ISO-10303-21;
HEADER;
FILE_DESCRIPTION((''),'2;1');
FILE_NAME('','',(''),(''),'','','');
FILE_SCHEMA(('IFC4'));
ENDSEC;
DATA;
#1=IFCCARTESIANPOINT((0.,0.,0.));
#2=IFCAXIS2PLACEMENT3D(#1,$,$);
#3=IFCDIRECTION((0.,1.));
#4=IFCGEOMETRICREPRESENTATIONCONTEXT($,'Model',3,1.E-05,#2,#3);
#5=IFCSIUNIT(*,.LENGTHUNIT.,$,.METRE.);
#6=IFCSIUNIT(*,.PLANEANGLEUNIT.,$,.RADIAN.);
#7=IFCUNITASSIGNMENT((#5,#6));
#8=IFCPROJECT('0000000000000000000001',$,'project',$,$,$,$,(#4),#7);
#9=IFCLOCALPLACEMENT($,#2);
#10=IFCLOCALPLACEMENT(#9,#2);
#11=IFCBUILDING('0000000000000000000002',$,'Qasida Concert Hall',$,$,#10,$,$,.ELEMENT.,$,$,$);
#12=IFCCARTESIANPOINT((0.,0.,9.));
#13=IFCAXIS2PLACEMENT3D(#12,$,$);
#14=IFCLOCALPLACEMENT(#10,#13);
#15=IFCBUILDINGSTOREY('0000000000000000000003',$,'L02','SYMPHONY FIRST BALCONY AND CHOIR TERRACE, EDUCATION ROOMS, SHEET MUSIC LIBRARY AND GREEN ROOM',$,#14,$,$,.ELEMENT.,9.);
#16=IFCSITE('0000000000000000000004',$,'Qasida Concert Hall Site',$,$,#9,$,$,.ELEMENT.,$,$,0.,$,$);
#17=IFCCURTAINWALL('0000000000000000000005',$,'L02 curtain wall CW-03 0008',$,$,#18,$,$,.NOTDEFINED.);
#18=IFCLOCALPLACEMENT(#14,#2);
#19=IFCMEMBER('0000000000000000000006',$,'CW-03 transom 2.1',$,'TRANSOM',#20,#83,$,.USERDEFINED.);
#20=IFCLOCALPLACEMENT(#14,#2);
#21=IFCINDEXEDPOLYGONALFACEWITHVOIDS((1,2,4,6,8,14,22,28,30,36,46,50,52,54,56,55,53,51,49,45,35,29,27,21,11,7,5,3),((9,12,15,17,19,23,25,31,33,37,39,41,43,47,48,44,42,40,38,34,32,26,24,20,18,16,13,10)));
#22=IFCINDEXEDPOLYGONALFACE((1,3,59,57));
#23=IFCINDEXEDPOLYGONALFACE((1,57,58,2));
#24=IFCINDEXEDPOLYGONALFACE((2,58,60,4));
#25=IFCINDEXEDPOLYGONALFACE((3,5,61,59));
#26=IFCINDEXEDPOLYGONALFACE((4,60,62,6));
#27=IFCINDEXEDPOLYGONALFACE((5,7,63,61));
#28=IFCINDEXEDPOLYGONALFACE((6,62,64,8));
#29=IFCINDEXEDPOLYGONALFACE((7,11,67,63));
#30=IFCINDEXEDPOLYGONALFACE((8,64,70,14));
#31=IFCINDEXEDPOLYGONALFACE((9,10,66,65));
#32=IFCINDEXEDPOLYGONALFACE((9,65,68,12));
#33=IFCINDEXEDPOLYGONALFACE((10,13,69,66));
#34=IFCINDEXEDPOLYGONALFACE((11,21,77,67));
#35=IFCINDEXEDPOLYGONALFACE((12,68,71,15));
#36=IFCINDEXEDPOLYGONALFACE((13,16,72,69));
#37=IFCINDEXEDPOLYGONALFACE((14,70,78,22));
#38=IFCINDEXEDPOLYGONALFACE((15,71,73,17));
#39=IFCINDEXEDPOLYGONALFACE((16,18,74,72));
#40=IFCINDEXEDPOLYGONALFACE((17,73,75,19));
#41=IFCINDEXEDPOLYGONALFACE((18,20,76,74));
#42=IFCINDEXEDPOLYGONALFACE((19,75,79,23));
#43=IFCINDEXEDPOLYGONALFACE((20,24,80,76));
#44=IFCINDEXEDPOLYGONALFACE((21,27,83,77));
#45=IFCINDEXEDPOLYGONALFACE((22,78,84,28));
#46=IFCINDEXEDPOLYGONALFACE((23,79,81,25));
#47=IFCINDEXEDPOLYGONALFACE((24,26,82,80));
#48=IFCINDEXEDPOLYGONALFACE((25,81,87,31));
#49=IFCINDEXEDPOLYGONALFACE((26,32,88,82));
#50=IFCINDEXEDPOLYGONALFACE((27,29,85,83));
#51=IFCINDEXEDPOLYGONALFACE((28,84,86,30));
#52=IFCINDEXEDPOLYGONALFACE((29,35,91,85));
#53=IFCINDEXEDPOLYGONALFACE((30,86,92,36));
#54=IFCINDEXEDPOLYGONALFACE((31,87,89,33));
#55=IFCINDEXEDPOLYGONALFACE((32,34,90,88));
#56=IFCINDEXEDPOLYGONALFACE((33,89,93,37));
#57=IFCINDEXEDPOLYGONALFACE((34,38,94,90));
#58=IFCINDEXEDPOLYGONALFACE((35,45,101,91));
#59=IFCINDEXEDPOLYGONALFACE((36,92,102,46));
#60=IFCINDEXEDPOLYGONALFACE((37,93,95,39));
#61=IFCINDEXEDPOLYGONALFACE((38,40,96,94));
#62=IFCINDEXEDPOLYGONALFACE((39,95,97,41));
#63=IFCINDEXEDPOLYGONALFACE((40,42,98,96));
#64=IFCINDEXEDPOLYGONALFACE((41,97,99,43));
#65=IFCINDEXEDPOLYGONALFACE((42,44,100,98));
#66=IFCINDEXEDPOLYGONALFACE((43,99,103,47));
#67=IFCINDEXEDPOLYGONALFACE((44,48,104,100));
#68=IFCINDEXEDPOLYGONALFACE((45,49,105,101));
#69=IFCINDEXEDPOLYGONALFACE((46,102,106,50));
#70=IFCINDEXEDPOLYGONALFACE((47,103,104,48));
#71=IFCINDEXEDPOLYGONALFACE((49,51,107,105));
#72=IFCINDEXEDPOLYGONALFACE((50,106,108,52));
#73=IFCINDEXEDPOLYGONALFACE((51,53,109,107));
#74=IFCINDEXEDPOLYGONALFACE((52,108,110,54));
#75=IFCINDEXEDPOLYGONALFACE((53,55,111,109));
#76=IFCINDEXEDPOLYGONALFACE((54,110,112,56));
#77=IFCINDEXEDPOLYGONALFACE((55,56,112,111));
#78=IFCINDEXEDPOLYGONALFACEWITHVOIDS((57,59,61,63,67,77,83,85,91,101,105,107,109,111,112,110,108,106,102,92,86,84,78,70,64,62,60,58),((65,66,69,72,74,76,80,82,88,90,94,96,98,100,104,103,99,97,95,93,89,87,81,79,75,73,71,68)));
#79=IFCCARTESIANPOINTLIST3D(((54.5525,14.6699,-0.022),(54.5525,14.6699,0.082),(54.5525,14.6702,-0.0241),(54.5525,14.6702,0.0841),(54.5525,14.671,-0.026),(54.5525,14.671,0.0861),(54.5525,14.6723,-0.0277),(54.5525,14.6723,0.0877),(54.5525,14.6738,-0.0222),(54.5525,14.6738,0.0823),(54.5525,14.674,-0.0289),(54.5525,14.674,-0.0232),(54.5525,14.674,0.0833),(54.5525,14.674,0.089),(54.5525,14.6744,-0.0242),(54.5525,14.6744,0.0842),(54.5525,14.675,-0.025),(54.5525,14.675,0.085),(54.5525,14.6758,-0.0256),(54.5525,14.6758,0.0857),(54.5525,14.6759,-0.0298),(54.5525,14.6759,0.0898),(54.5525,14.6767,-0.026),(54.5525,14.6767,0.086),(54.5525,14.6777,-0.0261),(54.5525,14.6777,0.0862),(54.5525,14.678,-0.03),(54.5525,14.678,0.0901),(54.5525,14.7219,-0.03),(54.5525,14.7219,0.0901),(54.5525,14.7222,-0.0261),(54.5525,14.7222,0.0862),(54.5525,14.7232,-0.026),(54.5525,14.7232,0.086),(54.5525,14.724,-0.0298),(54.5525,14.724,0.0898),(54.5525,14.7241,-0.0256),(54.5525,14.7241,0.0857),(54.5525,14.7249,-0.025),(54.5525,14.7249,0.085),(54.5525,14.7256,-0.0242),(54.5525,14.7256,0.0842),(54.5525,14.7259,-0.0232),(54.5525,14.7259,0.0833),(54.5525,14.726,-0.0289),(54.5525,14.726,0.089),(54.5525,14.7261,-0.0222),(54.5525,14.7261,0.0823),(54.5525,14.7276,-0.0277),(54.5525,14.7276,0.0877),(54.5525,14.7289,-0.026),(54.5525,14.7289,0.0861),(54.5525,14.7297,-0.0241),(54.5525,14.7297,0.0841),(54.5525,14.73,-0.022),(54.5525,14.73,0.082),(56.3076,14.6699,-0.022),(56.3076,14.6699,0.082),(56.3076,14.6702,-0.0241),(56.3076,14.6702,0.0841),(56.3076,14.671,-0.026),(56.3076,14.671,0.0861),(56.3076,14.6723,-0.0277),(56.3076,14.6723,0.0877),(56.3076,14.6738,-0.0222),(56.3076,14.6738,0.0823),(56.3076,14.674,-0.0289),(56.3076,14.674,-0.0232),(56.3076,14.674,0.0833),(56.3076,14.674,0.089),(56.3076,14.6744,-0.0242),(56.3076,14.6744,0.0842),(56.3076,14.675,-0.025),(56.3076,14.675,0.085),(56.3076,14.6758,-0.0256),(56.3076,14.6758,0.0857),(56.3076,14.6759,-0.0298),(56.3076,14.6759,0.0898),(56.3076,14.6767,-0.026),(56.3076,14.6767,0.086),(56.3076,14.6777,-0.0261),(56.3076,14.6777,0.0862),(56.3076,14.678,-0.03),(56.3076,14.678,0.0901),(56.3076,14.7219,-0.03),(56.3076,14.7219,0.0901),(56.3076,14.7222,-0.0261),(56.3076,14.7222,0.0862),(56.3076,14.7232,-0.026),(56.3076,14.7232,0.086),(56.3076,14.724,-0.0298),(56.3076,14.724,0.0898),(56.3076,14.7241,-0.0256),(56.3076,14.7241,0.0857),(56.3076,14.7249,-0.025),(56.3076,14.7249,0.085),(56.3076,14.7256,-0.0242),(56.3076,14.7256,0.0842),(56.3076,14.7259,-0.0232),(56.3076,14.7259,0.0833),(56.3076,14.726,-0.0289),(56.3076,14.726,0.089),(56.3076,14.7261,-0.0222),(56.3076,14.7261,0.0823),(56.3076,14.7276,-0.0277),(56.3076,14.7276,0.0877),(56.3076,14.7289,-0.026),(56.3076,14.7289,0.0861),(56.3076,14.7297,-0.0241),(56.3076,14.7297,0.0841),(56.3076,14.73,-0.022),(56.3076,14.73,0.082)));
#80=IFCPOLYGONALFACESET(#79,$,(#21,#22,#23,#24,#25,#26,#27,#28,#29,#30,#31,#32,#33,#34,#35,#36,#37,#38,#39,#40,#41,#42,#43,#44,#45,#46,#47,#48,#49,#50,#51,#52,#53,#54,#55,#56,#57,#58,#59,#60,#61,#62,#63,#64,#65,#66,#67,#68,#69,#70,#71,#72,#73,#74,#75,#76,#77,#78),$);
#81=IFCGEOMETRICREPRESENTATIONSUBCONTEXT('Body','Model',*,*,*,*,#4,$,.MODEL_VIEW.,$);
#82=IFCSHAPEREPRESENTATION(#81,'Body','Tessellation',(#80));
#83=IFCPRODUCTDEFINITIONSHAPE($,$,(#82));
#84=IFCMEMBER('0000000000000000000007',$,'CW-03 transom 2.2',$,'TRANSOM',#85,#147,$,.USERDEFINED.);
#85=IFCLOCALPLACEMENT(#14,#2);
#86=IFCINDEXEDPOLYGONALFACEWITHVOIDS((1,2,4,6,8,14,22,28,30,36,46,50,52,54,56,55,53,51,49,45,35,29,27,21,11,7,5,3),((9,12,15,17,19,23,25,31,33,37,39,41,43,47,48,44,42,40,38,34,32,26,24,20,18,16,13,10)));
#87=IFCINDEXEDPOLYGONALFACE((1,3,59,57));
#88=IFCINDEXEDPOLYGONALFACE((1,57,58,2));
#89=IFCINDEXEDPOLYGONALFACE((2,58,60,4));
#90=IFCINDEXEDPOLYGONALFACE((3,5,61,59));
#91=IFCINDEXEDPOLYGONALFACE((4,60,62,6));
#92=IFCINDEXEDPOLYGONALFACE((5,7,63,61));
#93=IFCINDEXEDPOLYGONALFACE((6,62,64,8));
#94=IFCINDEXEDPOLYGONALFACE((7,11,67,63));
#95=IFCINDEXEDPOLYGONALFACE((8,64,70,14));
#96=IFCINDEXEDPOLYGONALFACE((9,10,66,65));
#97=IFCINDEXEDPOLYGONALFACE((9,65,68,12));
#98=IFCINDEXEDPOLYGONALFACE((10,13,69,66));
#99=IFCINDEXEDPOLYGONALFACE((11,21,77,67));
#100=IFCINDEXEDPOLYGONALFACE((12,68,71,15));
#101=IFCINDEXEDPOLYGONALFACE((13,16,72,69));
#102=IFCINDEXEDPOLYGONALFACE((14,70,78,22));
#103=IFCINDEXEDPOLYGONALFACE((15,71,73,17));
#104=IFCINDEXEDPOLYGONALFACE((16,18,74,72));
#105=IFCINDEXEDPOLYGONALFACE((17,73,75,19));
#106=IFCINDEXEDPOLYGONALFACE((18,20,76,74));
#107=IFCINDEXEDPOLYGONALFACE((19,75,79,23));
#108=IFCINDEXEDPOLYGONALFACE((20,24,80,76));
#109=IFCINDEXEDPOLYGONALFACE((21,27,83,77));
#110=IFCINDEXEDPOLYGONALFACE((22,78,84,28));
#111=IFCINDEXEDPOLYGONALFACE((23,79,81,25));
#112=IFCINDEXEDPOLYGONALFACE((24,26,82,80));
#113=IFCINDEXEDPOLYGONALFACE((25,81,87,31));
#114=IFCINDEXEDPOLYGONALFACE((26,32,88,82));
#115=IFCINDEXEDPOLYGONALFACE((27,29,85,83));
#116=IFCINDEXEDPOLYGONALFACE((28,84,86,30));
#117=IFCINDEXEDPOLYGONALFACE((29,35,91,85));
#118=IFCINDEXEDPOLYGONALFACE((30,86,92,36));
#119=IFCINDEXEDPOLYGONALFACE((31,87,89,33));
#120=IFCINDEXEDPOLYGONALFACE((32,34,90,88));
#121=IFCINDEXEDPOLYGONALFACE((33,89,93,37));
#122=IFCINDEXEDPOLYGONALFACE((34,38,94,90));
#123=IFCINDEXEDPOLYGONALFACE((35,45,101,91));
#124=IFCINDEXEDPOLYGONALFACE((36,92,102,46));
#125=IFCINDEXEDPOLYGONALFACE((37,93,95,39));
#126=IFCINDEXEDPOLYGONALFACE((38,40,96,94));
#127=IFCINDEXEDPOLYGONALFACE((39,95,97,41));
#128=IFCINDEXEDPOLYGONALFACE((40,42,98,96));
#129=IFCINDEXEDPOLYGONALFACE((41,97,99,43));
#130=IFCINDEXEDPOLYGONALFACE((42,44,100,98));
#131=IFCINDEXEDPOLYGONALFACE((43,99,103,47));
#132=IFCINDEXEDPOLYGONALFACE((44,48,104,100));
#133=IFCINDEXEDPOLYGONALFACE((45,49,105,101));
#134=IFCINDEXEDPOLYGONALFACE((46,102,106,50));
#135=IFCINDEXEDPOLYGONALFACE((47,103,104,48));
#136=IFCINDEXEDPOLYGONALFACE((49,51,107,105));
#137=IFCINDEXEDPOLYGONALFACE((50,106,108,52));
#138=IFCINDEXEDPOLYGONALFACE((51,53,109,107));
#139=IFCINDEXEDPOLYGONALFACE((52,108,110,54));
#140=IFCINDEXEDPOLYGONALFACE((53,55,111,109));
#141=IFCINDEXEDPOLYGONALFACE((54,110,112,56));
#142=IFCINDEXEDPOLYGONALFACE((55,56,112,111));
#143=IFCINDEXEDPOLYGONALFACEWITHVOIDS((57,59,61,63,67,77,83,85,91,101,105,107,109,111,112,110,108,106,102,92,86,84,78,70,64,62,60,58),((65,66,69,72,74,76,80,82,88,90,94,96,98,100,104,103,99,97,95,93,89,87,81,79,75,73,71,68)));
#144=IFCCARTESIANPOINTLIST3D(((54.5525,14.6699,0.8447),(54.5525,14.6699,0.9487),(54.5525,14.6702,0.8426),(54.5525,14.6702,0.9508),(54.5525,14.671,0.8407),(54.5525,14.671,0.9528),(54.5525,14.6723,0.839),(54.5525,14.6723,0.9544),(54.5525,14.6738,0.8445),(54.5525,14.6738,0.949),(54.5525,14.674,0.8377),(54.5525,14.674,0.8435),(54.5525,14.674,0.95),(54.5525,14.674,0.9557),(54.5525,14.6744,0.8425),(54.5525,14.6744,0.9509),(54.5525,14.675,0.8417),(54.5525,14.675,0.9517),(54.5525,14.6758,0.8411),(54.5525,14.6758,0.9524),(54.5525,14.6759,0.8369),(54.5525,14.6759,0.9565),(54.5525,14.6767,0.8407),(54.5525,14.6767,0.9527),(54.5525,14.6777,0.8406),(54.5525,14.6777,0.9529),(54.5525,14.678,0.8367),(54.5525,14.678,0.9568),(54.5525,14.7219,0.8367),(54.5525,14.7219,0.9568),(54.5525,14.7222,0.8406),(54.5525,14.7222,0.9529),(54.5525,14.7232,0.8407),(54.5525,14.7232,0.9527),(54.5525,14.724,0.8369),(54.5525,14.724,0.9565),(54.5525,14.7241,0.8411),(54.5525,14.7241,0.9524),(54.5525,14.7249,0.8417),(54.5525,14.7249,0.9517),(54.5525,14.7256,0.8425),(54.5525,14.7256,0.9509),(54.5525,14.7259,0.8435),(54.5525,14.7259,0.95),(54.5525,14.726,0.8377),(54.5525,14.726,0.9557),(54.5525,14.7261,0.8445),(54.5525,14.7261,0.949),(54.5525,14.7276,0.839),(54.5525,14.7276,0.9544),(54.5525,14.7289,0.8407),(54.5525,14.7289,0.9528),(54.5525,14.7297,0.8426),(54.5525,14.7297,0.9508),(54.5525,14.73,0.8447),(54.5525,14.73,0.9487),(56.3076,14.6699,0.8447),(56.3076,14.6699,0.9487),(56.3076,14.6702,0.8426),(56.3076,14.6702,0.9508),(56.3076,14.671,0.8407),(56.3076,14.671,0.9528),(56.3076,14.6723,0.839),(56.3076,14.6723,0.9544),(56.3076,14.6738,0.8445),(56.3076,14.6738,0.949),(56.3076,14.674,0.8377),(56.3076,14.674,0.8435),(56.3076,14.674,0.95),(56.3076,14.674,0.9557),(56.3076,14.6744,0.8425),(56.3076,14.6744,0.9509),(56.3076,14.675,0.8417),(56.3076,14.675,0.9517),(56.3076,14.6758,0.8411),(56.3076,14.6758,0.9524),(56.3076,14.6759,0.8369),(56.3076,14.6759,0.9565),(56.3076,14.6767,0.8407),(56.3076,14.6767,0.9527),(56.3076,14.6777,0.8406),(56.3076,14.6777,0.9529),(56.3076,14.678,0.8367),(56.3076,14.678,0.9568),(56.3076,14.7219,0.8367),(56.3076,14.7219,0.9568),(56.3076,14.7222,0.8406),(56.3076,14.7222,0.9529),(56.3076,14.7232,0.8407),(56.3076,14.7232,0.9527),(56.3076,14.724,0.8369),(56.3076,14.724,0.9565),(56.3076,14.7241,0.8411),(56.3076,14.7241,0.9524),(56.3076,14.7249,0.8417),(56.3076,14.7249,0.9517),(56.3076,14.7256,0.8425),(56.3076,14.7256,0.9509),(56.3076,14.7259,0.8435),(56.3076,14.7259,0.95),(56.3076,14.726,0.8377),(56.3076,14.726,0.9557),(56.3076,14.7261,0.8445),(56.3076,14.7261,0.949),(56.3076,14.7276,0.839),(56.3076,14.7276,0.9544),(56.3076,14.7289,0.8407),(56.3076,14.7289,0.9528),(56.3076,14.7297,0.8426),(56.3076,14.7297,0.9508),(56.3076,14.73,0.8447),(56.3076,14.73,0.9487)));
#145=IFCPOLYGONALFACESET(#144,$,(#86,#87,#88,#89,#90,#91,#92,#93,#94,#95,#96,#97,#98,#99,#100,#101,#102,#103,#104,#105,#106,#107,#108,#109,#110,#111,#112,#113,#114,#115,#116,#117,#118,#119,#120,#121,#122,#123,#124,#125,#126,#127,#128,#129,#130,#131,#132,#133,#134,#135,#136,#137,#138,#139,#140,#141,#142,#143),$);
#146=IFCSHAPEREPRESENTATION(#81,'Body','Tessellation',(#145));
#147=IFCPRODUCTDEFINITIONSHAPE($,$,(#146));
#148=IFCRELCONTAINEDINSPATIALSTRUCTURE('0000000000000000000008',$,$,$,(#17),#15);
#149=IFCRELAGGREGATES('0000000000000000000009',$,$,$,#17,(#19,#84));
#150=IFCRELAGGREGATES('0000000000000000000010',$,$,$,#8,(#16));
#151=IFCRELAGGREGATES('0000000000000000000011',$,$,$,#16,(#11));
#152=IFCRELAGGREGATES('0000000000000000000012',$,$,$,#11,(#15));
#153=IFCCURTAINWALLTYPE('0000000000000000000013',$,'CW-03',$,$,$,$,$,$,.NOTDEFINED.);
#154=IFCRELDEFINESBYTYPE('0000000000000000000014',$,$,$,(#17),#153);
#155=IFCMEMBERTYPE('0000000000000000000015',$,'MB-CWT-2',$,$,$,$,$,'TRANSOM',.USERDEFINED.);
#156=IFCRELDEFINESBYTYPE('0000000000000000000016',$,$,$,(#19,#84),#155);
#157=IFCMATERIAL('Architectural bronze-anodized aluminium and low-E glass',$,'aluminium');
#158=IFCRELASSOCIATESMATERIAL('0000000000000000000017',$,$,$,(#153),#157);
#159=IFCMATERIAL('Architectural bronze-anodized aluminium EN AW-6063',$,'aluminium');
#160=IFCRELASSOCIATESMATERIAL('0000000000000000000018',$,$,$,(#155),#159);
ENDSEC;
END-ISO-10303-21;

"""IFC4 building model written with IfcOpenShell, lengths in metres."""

from ifc_helpers import new_model, si_unit, direction, frame, origin, origin_2d, place, context, subcontext, project, spatial, hollow_rectangle, extrude, material, material_profile, profile_set, type_object, element, aggregate, save


model = new_model("IFC4")

# Units and contexts
model_context = context("Model", 3, precision=1e-05, world=origin(), true_north=direction((0.0, 1.0)))
body_context = subcontext(model_context, "Body", "Model", "MODEL_VIEW")
ifc_project = project(units=[si_unit("LENGTHUNIT", "METRE"), si_unit("PLANEANGLEUNIT", "RADIAN")], contexts=[model_context])

# Site, building, storey
site_placement = place(None, origin())
site = spatial("IfcSite", under=ifc_project, at=site_placement, Name="Qasida Concert Hall Site", CompositionType="ELEMENT", RefElevation=0.0)
building_placement = place(site_placement, origin())
building = spatial("IfcBuilding", under=site, at=building_placement, Name="Qasida Concert Hall", CompositionType="ELEMENT")
storey_placement = place(building_placement, frame((0.0, 0.0, 9.0)))
storey = spatial("IfcBuildingStorey", under=building, at=storey_placement, Name="L02", Description="SYMPHONY FIRST BALCONY AND CHOIR TERRACE, EDUCATION ROOMS, SHEET MUSIC LIBRARY AND GREEN ROOM", CompositionType="ELEMENT", Elevation=9.0)

# Curtain wall, members
ifc_material_1 = material(Name="Architectural bronze-anodized aluminium and low-E glass", Category="aluminium")
curtain_wall_type = type_object("IfcCurtainWallType", Name="CW-03", PredefinedType="NOTDEFINED", material=ifc_material_1)
curtain_wall_placement = place(storey_placement, origin())
curtain_wall = element("IfcCurtainWall", 1, at=curtain_wall_placement, inside=storey, type_object=curtain_wall_type, Name="L02 curtain wall CW-03 0008", PredefinedType="NOTDEFINED")
ifc_material_2 = material(Name="Architectural bronze-anodized aluminium EN AW-6063", Category="aluminium")
ifc_material_profile_1 = material_profile(ifc_material_2, hollow_rectangle(XDim=0.0601, YDim=0.1201, WallThickness=0.0039, InnerFilletRadius=0.0039, OuterFilletRadius=0.0081, at=origin_2d()), Name="CWT 120x60x4")
ifc_profile_set_1 = profile_set([ifc_material_profile_1], Name="Architectural bronze-anodized aluminium EN AW-6063")
member_type_1 = type_object("IfcMemberType", Name="MB-CWT-2", ElementType="TRANSOM", PredefinedType="USERDEFINED", material=ifc_profile_set_1)
member_1_placement = place(storey_placement, frame((54.5525, 14.7, 0.03), z_axis=(1.0, 0.0, 0.0), x_axis=(0.0, 1.0, 0.0)))
member_1 = element("IfcMember", 2, at=member_1_placement, type_object=member_type_1, Name="CW-03 transom 2.1", ObjectType="TRANSOM", PredefinedType="USERDEFINED", context=body_context, shape_type="SweptSolid", body=[
    extrude(hollow_rectangle(XDim=0.0601, YDim=0.1201, WallThickness=0.0039, InnerFilletRadius=0.0039, OuterFilletRadius=0.0081, at=origin_2d()), origin(), (0.0, 0.0, 1.0), 1.7551),
])
member_2_placement = place(storey_placement, frame((54.5525, 14.7, 0.8967), z_axis=(1.0, 0.0, 0.0), x_axis=(0.0, 1.0, 0.0)))
member_2 = element("IfcMember", 3, at=member_2_placement, type_object=member_type_1, Name="CW-03 transom 2.2", ObjectType="TRANSOM", PredefinedType="USERDEFINED", context=body_context, shape_type="SweptSolid", body=[
    extrude(hollow_rectangle(XDim=0.0601, YDim=0.1201, WallThickness=0.0039, InnerFilletRadius=0.0039, OuterFilletRadius=0.0081, at=origin_2d()), origin(), (0.0, 0.0, 1.0), 1.7551),
])
aggregate(curtain_wall, [member_1, member_2])

save(model, "model.ifc")
